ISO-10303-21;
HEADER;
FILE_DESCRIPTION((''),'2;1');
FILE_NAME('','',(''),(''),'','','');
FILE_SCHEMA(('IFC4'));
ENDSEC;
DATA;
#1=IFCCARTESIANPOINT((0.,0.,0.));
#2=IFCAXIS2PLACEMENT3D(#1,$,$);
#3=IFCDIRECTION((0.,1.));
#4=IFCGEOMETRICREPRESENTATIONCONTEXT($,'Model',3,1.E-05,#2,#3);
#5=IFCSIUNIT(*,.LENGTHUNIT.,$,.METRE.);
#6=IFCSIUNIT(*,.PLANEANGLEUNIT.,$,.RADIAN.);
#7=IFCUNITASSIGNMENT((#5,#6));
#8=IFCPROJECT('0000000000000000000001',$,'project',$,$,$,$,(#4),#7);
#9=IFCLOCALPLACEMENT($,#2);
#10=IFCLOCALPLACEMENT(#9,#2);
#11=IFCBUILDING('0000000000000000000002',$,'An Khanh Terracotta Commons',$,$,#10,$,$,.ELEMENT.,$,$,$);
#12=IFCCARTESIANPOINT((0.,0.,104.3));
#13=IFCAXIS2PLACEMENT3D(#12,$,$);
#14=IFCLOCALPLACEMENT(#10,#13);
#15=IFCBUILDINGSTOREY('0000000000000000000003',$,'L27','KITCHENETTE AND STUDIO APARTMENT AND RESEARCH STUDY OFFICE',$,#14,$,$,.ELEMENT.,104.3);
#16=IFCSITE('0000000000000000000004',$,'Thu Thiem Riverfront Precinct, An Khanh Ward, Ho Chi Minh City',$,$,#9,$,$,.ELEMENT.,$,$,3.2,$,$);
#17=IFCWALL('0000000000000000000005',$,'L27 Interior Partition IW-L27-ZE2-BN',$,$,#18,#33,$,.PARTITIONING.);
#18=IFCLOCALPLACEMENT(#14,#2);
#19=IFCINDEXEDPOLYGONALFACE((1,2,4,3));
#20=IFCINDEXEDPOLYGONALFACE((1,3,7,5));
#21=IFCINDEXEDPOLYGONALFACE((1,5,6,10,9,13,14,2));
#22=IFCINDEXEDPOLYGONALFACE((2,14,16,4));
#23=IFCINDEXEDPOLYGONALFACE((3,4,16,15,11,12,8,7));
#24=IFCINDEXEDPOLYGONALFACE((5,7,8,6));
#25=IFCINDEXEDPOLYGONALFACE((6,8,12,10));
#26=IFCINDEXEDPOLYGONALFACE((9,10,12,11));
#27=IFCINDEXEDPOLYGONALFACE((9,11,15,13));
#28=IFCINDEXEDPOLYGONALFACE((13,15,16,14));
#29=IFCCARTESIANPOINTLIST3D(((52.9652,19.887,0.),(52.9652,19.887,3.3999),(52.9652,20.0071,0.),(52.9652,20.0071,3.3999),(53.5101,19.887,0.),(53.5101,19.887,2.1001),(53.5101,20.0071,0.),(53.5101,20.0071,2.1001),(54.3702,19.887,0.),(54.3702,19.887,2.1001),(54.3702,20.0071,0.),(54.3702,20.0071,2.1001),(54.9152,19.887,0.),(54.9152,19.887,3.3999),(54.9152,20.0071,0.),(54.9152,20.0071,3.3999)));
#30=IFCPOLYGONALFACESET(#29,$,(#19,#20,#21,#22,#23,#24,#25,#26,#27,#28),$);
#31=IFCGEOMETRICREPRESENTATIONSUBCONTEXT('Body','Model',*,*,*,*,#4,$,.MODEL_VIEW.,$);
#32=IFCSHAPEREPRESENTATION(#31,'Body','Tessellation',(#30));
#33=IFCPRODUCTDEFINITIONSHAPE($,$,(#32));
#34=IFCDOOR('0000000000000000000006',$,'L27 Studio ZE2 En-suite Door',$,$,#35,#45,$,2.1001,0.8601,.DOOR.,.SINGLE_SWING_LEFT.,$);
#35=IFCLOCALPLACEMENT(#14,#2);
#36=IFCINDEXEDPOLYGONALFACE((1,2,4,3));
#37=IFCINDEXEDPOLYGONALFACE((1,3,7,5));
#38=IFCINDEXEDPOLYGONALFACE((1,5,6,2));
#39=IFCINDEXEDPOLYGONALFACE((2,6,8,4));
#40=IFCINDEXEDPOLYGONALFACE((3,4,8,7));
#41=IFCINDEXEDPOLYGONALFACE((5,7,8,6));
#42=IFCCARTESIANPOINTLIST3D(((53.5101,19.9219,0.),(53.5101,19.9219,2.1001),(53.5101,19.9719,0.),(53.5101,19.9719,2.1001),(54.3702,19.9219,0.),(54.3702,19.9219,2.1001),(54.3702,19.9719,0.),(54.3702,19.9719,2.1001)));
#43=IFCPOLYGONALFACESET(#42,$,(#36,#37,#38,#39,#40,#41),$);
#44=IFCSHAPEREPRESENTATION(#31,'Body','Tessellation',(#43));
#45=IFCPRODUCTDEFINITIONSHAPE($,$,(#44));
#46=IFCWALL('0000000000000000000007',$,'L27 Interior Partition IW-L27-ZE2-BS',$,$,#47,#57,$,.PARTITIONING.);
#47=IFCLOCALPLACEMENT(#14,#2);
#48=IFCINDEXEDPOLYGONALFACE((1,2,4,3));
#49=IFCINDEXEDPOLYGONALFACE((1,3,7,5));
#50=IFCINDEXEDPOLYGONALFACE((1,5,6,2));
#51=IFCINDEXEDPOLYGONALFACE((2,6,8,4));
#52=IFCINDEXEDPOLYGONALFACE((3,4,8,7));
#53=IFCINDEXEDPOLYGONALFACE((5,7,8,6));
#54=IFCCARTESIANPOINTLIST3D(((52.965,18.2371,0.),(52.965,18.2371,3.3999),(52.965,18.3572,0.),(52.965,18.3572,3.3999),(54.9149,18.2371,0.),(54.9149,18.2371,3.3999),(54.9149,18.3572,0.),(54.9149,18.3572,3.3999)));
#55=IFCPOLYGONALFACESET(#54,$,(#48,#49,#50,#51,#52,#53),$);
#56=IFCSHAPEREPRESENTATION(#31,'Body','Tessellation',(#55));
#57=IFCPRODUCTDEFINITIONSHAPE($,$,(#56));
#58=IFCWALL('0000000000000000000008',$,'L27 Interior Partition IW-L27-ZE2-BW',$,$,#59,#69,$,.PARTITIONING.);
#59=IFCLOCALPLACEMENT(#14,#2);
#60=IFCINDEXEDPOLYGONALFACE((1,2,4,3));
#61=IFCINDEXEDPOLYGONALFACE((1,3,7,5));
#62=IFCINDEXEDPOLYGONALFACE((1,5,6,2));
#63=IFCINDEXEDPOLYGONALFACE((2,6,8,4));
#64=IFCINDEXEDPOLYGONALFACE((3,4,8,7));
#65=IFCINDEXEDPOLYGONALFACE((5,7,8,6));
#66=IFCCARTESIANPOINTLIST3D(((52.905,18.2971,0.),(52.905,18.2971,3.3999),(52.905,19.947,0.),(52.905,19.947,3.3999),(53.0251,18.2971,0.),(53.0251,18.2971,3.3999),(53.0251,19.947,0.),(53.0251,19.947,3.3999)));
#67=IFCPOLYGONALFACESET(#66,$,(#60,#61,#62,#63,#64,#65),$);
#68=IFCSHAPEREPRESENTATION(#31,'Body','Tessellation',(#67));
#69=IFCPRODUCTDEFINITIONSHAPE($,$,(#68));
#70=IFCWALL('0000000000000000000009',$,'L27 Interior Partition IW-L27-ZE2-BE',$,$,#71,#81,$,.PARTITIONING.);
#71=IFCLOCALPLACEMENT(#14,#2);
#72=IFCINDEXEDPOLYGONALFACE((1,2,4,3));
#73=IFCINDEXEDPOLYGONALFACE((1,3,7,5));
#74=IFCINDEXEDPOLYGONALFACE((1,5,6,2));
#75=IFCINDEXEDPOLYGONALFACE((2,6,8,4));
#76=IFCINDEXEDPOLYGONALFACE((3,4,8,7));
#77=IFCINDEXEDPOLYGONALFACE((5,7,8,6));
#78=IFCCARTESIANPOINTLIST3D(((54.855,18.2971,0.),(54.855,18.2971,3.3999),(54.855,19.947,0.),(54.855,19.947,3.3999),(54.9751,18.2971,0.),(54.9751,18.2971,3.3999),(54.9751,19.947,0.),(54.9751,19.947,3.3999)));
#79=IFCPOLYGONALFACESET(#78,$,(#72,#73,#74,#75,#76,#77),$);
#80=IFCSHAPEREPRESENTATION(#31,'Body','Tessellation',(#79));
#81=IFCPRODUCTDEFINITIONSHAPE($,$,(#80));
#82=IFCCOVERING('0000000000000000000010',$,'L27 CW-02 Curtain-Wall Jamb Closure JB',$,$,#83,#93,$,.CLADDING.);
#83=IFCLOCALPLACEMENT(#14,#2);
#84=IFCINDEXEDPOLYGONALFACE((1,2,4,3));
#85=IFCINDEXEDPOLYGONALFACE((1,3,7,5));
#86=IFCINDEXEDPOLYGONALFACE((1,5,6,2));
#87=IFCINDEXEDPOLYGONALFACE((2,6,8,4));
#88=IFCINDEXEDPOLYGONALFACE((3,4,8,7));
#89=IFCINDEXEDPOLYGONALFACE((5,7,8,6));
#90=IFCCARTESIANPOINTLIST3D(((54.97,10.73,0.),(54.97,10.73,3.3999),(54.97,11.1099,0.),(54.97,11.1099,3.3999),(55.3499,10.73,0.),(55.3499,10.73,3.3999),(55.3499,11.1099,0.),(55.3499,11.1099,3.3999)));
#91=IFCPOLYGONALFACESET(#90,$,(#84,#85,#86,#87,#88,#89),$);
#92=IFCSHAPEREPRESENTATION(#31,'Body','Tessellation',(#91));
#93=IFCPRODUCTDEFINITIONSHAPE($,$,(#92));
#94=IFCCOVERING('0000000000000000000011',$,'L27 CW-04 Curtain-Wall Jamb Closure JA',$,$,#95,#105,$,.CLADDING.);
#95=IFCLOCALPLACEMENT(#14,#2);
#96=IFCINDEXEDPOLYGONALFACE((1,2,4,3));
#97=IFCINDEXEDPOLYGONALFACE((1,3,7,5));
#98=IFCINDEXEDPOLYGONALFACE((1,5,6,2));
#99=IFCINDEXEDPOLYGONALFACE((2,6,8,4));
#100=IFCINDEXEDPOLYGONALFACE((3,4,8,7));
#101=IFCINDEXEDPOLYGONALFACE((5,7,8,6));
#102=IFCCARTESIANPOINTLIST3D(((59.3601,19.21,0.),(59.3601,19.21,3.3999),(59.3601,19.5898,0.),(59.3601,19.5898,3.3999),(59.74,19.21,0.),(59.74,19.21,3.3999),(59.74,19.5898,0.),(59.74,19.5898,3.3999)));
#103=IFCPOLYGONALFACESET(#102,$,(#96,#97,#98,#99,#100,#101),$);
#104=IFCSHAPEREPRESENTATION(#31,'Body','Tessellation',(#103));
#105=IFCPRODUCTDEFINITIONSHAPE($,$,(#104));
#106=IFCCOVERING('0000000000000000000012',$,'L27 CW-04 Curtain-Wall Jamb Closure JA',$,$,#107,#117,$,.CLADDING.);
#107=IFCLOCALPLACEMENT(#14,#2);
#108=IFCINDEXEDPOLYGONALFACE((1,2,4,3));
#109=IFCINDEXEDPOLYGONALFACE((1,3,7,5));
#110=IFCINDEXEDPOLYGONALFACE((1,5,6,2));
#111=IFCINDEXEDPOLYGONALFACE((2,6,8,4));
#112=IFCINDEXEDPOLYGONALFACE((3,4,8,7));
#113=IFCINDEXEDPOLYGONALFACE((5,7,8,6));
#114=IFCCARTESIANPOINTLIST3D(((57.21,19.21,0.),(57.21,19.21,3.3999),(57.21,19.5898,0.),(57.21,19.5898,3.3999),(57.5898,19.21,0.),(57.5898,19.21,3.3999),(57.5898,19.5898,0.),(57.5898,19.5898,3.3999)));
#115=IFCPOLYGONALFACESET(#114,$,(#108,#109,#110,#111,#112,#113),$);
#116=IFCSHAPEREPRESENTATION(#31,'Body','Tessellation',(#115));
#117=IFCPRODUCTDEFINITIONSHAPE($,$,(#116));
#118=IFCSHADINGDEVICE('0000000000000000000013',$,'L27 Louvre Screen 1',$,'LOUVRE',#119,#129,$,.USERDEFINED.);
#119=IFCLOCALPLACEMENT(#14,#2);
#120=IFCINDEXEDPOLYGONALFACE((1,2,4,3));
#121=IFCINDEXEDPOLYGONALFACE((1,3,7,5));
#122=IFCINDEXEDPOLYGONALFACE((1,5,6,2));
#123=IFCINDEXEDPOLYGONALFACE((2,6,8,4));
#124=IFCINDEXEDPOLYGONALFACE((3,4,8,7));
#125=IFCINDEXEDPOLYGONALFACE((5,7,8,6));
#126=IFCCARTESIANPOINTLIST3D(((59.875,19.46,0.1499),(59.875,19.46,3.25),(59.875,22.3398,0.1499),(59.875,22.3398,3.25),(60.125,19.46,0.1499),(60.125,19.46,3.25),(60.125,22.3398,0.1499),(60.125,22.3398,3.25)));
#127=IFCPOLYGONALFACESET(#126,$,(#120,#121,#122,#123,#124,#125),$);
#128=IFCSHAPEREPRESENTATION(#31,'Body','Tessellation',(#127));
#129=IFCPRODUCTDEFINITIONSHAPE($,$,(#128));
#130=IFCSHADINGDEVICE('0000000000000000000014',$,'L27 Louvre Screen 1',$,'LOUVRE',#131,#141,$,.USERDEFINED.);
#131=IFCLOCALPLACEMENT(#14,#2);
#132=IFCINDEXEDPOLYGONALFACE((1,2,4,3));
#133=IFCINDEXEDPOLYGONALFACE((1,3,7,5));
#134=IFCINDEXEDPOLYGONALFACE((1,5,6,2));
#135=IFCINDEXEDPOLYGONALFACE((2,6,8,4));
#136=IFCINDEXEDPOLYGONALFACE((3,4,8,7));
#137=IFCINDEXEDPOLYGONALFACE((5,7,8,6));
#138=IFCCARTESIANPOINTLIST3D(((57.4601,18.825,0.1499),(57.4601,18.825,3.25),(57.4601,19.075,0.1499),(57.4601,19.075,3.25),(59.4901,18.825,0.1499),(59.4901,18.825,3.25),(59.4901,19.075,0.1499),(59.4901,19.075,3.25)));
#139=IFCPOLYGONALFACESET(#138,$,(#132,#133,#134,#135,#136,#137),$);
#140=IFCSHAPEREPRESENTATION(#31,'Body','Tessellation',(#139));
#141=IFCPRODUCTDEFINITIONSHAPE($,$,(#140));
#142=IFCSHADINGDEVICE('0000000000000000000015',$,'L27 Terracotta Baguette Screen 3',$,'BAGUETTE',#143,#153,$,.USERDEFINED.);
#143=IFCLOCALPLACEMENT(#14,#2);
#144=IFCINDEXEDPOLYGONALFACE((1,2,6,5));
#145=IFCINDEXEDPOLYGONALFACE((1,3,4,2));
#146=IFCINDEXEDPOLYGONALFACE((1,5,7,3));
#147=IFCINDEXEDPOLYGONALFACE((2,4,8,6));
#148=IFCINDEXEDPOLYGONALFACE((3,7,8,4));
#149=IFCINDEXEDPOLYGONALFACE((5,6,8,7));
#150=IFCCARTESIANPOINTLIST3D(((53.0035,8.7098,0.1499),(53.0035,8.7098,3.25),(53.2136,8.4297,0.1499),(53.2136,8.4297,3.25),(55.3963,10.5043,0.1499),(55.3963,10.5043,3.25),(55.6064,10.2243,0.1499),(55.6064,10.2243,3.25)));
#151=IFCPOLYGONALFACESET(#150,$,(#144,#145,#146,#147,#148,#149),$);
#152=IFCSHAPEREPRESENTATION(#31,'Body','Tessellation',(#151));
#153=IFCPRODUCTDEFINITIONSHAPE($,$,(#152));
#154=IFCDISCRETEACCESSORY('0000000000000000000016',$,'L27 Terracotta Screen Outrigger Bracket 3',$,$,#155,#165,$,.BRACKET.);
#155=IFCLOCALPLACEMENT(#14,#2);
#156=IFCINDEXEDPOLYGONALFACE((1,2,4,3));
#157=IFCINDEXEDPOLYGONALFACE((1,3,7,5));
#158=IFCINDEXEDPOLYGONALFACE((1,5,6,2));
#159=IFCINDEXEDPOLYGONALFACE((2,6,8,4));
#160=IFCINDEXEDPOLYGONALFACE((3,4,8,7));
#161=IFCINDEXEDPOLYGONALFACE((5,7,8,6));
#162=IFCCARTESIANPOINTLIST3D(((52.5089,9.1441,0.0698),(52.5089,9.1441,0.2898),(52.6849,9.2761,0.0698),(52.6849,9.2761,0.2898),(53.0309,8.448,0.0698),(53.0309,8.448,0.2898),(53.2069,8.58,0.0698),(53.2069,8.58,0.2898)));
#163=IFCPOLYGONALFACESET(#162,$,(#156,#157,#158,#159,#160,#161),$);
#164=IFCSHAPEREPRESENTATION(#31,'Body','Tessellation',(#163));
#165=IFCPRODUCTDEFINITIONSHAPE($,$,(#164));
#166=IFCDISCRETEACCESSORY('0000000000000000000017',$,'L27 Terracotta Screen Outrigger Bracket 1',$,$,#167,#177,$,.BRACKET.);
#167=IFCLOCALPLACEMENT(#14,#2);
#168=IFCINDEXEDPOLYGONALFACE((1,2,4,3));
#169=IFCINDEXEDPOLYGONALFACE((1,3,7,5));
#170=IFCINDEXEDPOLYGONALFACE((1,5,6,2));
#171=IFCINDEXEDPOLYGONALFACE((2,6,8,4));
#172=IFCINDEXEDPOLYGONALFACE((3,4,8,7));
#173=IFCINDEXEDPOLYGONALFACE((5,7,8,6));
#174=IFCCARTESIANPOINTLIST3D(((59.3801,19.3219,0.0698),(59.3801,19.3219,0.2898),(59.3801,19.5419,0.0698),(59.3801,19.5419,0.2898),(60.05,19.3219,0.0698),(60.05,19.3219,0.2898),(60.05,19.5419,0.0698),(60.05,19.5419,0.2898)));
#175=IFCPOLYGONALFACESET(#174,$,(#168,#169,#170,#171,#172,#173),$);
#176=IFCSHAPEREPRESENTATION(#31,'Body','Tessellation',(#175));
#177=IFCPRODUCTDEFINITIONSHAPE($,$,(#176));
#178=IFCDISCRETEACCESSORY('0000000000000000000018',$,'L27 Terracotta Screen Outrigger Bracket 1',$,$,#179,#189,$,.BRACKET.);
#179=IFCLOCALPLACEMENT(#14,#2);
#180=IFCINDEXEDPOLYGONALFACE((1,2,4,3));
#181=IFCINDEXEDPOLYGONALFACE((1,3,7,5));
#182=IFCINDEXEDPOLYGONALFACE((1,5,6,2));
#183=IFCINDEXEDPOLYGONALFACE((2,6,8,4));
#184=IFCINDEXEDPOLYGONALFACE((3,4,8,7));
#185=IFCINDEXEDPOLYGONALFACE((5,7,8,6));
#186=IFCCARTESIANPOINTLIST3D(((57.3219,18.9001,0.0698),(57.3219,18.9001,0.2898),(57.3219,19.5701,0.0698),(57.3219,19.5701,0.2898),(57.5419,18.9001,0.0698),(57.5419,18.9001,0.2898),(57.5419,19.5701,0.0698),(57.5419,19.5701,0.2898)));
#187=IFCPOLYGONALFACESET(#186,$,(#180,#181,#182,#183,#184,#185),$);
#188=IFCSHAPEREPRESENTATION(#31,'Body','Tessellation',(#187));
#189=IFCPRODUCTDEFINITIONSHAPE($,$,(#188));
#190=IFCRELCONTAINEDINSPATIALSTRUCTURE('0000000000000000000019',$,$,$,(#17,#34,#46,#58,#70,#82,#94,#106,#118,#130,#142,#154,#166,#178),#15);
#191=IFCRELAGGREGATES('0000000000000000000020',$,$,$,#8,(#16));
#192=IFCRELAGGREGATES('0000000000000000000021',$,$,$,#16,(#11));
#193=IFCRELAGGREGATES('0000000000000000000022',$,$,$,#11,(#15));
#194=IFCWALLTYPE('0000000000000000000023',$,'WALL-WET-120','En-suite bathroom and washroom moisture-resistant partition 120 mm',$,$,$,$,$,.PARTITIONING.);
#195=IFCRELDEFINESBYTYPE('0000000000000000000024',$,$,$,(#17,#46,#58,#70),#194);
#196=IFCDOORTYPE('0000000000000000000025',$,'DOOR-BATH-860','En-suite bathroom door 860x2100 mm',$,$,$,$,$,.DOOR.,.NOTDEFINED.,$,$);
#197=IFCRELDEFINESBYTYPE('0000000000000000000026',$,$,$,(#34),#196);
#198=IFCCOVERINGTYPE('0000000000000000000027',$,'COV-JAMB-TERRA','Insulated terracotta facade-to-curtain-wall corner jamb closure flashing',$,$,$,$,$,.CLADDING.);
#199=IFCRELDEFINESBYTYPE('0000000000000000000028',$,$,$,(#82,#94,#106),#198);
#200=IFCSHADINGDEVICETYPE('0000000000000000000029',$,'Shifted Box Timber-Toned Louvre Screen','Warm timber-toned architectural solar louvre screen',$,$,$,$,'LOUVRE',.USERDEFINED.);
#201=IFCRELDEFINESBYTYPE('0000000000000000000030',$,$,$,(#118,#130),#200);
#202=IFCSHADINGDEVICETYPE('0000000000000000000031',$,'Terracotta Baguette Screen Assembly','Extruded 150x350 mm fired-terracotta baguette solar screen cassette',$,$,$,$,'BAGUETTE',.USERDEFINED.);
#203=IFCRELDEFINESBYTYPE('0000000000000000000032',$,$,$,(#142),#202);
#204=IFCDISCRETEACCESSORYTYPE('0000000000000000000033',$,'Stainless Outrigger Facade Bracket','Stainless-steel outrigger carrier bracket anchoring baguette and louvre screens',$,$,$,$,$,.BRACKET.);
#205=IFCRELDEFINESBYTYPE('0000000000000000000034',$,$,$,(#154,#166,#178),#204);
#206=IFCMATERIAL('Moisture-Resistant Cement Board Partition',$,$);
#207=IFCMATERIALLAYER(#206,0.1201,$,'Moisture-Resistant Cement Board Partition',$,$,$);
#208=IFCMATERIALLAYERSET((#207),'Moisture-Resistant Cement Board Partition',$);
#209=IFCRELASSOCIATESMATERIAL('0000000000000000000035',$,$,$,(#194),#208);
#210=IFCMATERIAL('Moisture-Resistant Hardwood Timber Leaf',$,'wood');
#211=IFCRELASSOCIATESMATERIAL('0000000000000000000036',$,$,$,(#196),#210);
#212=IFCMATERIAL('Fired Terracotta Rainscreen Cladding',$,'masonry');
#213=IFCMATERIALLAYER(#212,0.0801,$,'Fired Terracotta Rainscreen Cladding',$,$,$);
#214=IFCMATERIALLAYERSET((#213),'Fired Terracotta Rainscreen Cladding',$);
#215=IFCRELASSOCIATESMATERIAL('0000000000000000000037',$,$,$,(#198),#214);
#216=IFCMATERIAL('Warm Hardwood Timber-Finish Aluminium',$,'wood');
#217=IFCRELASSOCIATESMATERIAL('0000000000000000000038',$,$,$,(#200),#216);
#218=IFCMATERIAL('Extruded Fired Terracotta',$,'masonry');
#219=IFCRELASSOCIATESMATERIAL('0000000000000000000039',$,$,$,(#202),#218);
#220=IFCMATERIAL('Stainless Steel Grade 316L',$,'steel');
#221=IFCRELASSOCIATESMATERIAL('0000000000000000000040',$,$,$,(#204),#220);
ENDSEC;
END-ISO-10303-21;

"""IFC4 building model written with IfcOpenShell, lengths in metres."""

from ifc_helpers import new_model, si_unit, direction, frame, frame_2d, origin, origin_2d, place, context, subcontext, project, spatial, rectangle, extrude, material, layer, layer_set, type_object, element, fill, save


model = new_model("IFC4")

# Units and contexts
model_context = context("Model", 3, precision=1e-05, world=origin(), true_north=direction((0.0, 1.0)))
body_context = subcontext(model_context, "Body", "Model", "MODEL_VIEW")
ifc_project = project(units=[si_unit("LENGTHUNIT", "METRE"), si_unit("PLANEANGLEUNIT", "RADIAN")], contexts=[model_context])

# Site, building, storey
site_placement = place(None, origin())
site = spatial("IfcSite", under=ifc_project, at=site_placement, Name="Thu Thiem Riverfront Precinct, An Khanh Ward, Ho Chi Minh City", CompositionType="ELEMENT", RefElevation=3.2)
building_placement = place(site_placement, origin())
building = spatial("IfcBuilding", under=site, at=building_placement, Name="An Khanh Terracotta Commons", CompositionType="ELEMENT")
storey_placement = place(building_placement, frame((0.0, 0.0, 104.3)))
storey = spatial("IfcBuildingStorey", under=building, at=storey_placement, Name="L27", Description="KITCHENETTE AND STUDIO APARTMENT AND RESEARCH STUDY OFFICE", CompositionType="ELEMENT", Elevation=104.3)

# Wall, opening, door
ifc_material_1 = material(Name="Moisture-Resistant Cement Board Partition")
ifc_layer_1 = layer(ifc_material_1, 0.1201, Name="Moisture-Resistant Cement Board Partition")
ifc_layer_set_1 = layer_set([ifc_layer_1], Name="Moisture-Resistant Cement Board Partition")
wall_type_1 = type_object("IfcWallType", Name="WALL-WET-120", Description="En-suite bathroom and washroom moisture-resistant partition 120 mm", PredefinedType="PARTITIONING", material=ifc_layer_set_1)
wall_1_placement = place(storey_placement, frame((52.9651, 19.947, 0.0), z_axis=(0.0, 0.0, 1.0), x_axis=(1.0, 0.0, 0.0)))
wall_1 = element("IfcWall", 1, at=wall_1_placement, inside=storey, type_object=wall_type_1, Name="L27 Interior Partition IW-L27-ZE2-BN", PredefinedType="PARTITIONING", context=body_context, shape_type="SweptSolid", body=[
    extrude(rectangle(XDim=1.95, YDim=0.1201, at=frame_2d((0.9751, 0.0))), origin(), (0.0, 0.0, 1.0), 3.3999),
])
opening_1_placement = place(wall_1_placement, frame((0.5449, 0.0, 0.0)))
opening_1 = element("IfcOpeningElement", 2, at=opening_1_placement, cuts=wall_1, PredefinedType="OPENING", context=body_context, shape_type="SweptSolid", body=[
    extrude(rectangle(XDim=0.8601, YDim=2.1001, at=frame_2d((0.4302, 1.05))), frame((0.0, 0.0701, 0.0), z_axis=(0.0, -1.0, 0.0), x_axis=(1.0, 0.0, 0.0)), (0.0, 0.0, 1.0), 0.1401),
])
ifc_material_2 = material(Name="Moisture-Resistant Hardwood Timber Leaf", Category="wood")
door_type = type_object("IfcDoorType", Name="DOOR-BATH-860", Description="En-suite bathroom door 860x2100 mm", OperationType="NOTDEFINED", PredefinedType="DOOR", material=ifc_material_2)
door_placement = place(opening_1_placement, origin())
door = element("IfcDoor", 3, at=door_placement, inside=storey, type_object=door_type, Name="L27 Studio ZE2 En-suite Door", OperationType="SINGLE_SWING_LEFT", OverallHeight=2.1001, OverallWidth=0.8601, PredefinedType="DOOR", context=body_context, shape_type="SweptSolid", body=[
    extrude(rectangle(XDim=0.8601, YDim=2.1001, at=frame_2d((0.4302, 1.05))), frame((0.0, 0.0249, 0.0), z_axis=(0.0, -1.0, 0.0), x_axis=(1.0, 0.0, 0.0)), (0.0, 0.0, 1.0), 0.05),
])
fill(opening_1, door)

# Walls
wall_2_placement = place(storey_placement, frame((54.915, 18.2971, 0.0), z_axis=(0.0, 0.0, 1.0), x_axis=(-1.0, 0.0, 0.0)))
element("IfcWall", 4, at=wall_2_placement, inside=storey, type_object=wall_type_1, Name="L27 Interior Partition IW-L27-ZE2-BS", PredefinedType="PARTITIONING", context=body_context, shape_type="SweptSolid", body=[
    extrude(rectangle(XDim=1.95, YDim=0.1201, at=frame_2d((0.9751, 0.0))), origin(), (0.0, 0.0, 1.0), 3.3999),
])
for number, where, z_axis, x_axis, name in (
    (5, (52.9651, 19.947, 0.0), (0.0, 0.0, 1.0), (0.0, -1.0, 0.0), "L27 Interior Partition IW-L27-ZE2-BW"),
    (6, (54.915, 18.2971, 0.0), (0.0, 0.0, 1.0), (0.0, 1.0, 0.0), "L27 Interior Partition IW-L27-ZE2-BE"),
):
    element("IfcWall", number, at=place(storey_placement, frame(where, z_axis=z_axis, x_axis=x_axis)), inside=storey, type_object=wall_type_1, Name=name, PredefinedType="PARTITIONING", context=body_context, shape_type="SweptSolid", body=[
        extrude(rectangle(XDim=1.6499, YDim=0.1201, at=frame_2d((0.825, 0.0))), origin(), (0.0, 0.0, 1.0), 3.3999),
    ])

# Coverings
ifc_material_3 = material(Name="Fired Terracotta Rainscreen Cladding", Category="masonry")
ifc_layer_2 = layer(ifc_material_3, 0.0801, Name="Fired Terracotta Rainscreen Cladding")
ifc_layer_set_2 = layer_set([ifc_layer_2], Name="Fired Terracotta Rainscreen Cladding")
covering_type = type_object("IfcCoveringType", Name="COV-JAMB-TERRA", Description="Insulated terracotta facade-to-curtain-wall corner jamb closure flashing", PredefinedType="CLADDING", material=ifc_layer_set_2)
for number, where, z_axis, x_axis, name in (
    (7, (55.1599, 10.9199, 0.0), (0.0, 0.0, 1.0), (1.0, 0.0, 0.0), "L27 CW-02 Curtain-Wall Jamb Closure JB"),
    (8, (59.55, 19.3999, 0.0), (0.0, 0.0, 1.0), (1.0, 0.0, 0.0), "L27 CW-04 Curtain-Wall Jamb Closure JA"),
    (9, (57.3999, 19.3999, 0.0), (0.0, 0.0, 1.0), (1.0, 0.0, 0.0), "L27 CW-04 Curtain-Wall Jamb Closure JA"),
):
    element("IfcCovering", number, at=place(storey_placement, frame(where, z_axis=z_axis, x_axis=x_axis)), inside=storey, type_object=covering_type, Name=name, PredefinedType="CLADDING", context=body_context, shape_type="SweptSolid", body=[
        extrude(rectangle(XDim=0.3799, YDim=0.3799, at=origin_2d()), origin(), (0.0, 0.0, 1.0), 3.3999),
    ])

# Shading devices
ifc_material_4 = material(Name="Warm Hardwood Timber-Finish Aluminium", Category="wood")
shading_device_type_1 = type_object("IfcShadingDeviceType", Name="Shifted Box Timber-Toned Louvre Screen", Description="Warm timber-toned architectural solar louvre screen", ElementType="LOUVRE", PredefinedType="USERDEFINED", material=ifc_material_4)
shading_device_1_placement = place(storey_placement, frame((60.0, 20.8999, 0.1499), z_axis=(0.0, 0.0, 1.0), x_axis=(0.0, 1.0, 0.0)))
element("IfcShadingDevice", 10, at=shading_device_1_placement, inside=storey, type_object=shading_device_type_1, Name="L27 Louvre Screen 1", ObjectType="LOUVRE", PredefinedType="USERDEFINED", context=body_context, shape_type="SweptSolid", body=[
    extrude(rectangle(XDim=2.8799, YDim=0.25, at=origin_2d()), origin(), (0.0, 0.0, 1.0), 3.1001),
])
shading_device_2_placement = place(storey_placement, frame((58.4751, 18.95, 0.1499), z_axis=(0.0, 0.0, 1.0), x_axis=(1.0, 0.0, 0.0)))
element("IfcShadingDevice", 11, at=shading_device_2_placement, inside=storey, type_object=shading_device_type_1, Name="L27 Louvre Screen 1", ObjectType="LOUVRE", PredefinedType="USERDEFINED", context=body_context, shape_type="SweptSolid", body=[
    extrude(rectangle(XDim=2.03, YDim=0.25, at=origin_2d()), origin(), (0.0, 0.0, 1.0), 3.1001),
])
ifc_material_5 = material(Name="Extruded Fired Terracotta", Category="masonry")
shading_device_type_2 = type_object("IfcShadingDeviceType", Name="Terracotta Baguette Screen Assembly", Description="Extruded 150x350 mm fired-terracotta baguette solar screen cassette", ElementType="BAGUETTE", PredefinedType="USERDEFINED", material=ifc_material_5)
shading_device_3_placement = place(storey_placement, frame((54.3049, 9.467, 0.1499), z_axis=(0.0, 0.0, 1.0), x_axis=(0.800013, 0.599983, 0.0)))
element("IfcShadingDevice", 12, at=shading_device_3_placement, inside=storey, type_object=shading_device_type_2, Name="L27 Terracotta Baguette Screen 3", ObjectType="BAGUETTE", PredefinedType="USERDEFINED", context=body_context, shape_type="SweptSolid", body=[
    extrude(rectangle(XDim=2.991, YDim=0.3501, at=origin_2d()), origin(), (0.0, 0.0, 1.0), 3.1001),
])

# Discrete accessories
ifc_material_6 = material(Name="Stainless Steel Grade 316L", Category="steel")
discrete_accessory_type = type_object("IfcDiscreteAccessoryType", Name="Stainless Outrigger Facade Bracket", Description="Stainless-steel outrigger carrier bracket anchoring baguette and louvre screens", PredefinedType="BRACKET", material=ifc_material_6)
discrete_accessory_placement = place(storey_placement, frame((52.8579, 8.8621, 0.0698), z_axis=(0.0, 0.0, 1.0), x_axis=(0.800013, 0.599983, 0.0)))
element("IfcDiscreteAccessory", 13, at=discrete_accessory_placement, inside=storey, type_object=discrete_accessory_type, Name="L27 Terracotta Screen Outrigger Bracket 3", PredefinedType="BRACKET", context=body_context, shape_type="SweptSolid", body=[
    extrude(rectangle(XDim=0.22, YDim=0.8701, at=origin_2d()), origin(), (0.0, 0.0, 1.0), 0.22),
])
for number, where, z_axis, x_axis, name in (
    (14, (59.7151, 19.4319, 0.0698), (0.0, 0.0, 1.0), (0.0, 1.0, 0.0), "L27 Terracotta Screen Outrigger Bracket 1"),
    (15, (57.4319, 19.2351, 0.0698), (0.0, 0.0, 1.0), (1.0, 0.0, 0.0), "L27 Terracotta Screen Outrigger Bracket 1"),
):
    element("IfcDiscreteAccessory", number, at=place(storey_placement, frame(where, z_axis=z_axis, x_axis=x_axis)), inside=storey, type_object=discrete_accessory_type, Name=name, PredefinedType="BRACKET", context=body_context, shape_type="SweptSolid", body=[
        extrude(rectangle(XDim=0.22, YDim=0.6699, at=origin_2d()), origin(), (0.0, 0.0, 1.0), 0.22),
    ])

save(model, "model.ifc")
